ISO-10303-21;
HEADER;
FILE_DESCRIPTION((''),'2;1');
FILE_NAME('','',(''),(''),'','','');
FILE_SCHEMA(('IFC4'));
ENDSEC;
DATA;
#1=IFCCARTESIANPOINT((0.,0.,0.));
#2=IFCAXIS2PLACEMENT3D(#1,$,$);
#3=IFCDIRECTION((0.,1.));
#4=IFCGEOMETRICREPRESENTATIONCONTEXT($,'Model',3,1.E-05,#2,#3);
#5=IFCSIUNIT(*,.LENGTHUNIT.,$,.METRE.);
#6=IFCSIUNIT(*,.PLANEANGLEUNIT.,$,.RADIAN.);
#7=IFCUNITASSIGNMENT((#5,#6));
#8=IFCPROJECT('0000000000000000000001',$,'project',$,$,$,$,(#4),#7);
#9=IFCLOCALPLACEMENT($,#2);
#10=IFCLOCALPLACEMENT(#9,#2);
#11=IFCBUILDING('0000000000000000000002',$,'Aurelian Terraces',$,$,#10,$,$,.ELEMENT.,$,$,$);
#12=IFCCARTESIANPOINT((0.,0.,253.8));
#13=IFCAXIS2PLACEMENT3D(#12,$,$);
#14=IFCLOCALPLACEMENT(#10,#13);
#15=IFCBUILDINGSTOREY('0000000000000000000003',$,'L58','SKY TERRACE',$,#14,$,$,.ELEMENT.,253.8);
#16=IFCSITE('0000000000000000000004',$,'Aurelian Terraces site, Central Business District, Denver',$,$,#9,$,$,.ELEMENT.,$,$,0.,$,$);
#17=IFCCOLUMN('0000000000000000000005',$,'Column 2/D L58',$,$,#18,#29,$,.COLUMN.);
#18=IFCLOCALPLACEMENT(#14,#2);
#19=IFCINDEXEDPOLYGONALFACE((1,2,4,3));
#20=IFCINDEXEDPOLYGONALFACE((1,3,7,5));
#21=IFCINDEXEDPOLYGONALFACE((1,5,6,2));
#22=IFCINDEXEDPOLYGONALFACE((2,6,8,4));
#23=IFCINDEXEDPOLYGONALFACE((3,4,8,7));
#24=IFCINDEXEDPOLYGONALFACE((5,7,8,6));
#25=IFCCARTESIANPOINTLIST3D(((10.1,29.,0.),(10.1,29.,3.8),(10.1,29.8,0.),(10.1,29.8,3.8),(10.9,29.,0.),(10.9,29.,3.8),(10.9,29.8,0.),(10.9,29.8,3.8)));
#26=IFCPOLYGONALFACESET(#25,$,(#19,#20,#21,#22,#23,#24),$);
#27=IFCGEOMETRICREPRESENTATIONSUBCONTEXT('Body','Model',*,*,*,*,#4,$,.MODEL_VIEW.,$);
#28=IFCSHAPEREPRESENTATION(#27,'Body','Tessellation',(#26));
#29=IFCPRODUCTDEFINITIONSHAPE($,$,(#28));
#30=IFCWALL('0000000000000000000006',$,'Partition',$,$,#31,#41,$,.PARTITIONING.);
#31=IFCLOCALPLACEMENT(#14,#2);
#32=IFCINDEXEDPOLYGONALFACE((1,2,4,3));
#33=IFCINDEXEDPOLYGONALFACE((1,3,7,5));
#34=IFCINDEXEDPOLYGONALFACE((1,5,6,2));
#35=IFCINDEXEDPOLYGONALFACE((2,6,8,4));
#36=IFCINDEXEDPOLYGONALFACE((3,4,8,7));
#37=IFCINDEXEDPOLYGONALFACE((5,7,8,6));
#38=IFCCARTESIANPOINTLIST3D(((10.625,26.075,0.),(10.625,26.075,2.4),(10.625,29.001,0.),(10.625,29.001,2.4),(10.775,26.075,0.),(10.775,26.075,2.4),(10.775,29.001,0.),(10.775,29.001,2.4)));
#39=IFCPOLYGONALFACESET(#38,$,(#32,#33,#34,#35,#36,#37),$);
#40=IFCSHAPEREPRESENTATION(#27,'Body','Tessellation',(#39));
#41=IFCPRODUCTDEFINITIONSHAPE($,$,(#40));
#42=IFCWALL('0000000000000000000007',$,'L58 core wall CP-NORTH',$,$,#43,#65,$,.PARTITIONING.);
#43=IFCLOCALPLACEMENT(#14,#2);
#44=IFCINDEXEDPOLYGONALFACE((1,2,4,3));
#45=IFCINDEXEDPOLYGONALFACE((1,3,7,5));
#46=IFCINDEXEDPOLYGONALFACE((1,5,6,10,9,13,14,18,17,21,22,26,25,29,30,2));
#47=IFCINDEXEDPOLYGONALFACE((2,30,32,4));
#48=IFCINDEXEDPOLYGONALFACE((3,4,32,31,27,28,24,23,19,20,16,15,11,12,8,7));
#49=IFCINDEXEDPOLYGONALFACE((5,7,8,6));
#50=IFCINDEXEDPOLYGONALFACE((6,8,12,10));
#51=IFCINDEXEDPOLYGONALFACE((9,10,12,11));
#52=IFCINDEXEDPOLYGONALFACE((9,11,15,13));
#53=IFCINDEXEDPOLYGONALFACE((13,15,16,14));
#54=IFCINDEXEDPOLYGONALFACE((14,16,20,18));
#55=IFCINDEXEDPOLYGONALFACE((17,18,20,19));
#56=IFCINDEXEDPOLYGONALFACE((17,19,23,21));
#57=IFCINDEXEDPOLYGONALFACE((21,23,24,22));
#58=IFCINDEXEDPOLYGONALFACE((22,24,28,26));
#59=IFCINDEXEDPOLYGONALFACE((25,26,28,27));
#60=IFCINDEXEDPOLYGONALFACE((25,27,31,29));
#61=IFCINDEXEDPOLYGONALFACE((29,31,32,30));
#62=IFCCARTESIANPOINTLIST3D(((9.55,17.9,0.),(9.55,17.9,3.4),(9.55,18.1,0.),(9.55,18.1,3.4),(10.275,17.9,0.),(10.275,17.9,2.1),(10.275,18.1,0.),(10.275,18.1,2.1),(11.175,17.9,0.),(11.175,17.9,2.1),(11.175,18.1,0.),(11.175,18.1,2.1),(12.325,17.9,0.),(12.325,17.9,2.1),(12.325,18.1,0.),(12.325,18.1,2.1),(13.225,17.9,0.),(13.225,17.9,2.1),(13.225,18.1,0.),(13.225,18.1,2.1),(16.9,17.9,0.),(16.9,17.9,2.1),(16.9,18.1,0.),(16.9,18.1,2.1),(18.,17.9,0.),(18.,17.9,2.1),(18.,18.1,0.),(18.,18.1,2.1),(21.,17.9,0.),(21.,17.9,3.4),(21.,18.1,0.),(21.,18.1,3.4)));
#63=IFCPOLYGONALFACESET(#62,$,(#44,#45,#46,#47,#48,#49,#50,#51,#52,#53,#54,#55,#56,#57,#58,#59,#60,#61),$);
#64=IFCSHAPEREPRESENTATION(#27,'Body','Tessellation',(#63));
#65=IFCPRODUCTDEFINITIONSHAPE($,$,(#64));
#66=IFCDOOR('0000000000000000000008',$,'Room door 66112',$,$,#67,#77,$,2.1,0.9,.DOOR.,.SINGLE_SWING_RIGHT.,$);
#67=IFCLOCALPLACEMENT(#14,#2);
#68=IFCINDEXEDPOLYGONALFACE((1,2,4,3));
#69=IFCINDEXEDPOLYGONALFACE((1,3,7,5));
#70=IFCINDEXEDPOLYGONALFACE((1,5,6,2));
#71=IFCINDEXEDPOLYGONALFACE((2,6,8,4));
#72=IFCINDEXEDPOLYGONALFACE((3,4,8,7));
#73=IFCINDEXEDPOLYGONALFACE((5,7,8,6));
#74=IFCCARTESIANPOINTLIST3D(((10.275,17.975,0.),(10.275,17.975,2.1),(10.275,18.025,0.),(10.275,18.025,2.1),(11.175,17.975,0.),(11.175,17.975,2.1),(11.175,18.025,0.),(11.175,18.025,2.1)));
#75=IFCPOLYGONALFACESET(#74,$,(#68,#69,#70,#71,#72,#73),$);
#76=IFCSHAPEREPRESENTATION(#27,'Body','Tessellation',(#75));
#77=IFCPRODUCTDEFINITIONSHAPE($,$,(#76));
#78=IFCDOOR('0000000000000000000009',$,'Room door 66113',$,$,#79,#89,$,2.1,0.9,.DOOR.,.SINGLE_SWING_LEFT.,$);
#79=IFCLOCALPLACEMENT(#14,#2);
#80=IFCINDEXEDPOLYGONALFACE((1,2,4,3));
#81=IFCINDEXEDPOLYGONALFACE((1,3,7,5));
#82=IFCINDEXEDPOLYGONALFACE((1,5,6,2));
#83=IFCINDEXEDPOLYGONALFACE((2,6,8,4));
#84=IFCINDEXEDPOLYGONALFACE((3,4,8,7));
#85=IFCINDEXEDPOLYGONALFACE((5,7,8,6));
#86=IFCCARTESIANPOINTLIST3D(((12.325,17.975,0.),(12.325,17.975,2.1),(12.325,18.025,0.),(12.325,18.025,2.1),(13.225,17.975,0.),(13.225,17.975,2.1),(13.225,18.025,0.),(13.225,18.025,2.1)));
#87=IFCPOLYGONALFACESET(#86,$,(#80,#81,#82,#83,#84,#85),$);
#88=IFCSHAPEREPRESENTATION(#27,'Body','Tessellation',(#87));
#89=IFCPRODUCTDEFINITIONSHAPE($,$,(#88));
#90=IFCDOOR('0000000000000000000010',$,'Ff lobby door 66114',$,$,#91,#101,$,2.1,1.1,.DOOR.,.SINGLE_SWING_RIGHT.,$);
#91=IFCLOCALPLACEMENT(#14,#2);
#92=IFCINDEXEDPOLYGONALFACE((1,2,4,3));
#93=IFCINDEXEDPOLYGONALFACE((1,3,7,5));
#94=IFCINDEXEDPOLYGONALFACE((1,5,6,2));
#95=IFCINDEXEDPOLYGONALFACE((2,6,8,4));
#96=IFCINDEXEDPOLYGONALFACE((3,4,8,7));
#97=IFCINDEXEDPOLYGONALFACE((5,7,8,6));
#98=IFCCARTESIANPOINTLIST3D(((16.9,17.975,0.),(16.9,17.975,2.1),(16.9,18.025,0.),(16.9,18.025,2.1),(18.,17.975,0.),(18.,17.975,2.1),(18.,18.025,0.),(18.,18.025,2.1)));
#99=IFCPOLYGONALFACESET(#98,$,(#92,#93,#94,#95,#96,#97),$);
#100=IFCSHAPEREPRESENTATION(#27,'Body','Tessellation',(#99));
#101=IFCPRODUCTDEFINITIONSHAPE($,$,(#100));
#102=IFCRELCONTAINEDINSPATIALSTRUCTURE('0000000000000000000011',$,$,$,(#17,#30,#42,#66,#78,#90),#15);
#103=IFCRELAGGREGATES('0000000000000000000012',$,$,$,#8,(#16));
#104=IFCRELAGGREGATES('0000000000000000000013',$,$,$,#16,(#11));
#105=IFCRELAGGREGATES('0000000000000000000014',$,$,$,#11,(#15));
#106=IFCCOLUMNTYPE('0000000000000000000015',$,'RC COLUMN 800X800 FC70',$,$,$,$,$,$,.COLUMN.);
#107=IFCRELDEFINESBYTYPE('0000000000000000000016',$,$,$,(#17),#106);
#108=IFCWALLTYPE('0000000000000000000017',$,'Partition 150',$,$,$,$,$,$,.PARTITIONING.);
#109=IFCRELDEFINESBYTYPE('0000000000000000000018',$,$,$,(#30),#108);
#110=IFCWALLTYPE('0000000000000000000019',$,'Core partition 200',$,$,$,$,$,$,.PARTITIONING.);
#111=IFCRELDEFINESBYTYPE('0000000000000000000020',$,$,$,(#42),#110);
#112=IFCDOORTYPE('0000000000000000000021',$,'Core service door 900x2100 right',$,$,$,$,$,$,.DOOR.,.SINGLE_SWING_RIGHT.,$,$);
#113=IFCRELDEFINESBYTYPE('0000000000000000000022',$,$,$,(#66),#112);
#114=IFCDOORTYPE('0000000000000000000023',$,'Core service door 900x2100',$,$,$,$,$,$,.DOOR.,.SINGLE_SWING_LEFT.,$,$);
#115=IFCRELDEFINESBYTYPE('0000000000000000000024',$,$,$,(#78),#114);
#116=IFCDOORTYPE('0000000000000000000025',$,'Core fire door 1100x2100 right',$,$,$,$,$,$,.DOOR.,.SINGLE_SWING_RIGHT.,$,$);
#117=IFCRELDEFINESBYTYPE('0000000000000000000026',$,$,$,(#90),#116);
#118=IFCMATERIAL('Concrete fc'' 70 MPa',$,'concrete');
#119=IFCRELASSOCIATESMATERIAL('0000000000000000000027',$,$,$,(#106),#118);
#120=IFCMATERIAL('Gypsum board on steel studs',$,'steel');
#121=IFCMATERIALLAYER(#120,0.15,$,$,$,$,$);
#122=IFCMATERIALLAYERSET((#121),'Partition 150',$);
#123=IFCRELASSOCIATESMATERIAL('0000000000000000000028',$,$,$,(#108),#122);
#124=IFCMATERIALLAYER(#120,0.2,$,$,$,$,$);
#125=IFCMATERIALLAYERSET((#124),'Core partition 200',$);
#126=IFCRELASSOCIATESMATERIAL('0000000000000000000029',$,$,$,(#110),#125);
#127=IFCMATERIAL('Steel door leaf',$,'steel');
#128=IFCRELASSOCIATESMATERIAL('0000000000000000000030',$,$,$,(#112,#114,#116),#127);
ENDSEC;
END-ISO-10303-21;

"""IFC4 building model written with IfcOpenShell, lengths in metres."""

from ifc_helpers import new_model, si_unit, direction, frame, frame_2d, origin, origin_2d, place, context, subcontext, project, spatial, rectangle, extrude, source, transform, mapped, material, layer, layer_set, material_profile, profile_set, type_object, element, fill, save


model = new_model("IFC4")

# Units and contexts
model_context = context("Model", 3, precision=1e-05, world=origin(), true_north=direction((0.0, 1.0)))
body_context = subcontext(model_context, "Body", "Model", "MODEL_VIEW")
ifc_project = project(units=[si_unit("LENGTHUNIT", "METRE"), si_unit("PLANEANGLEUNIT", "RADIAN")], contexts=[model_context])

# Site, building, storey
site_placement = place(None, origin())
site = spatial("IfcSite", under=ifc_project, at=site_placement, Name="Aurelian Terraces site, Central Business District, Denver", CompositionType="ELEMENT", RefElevation=0.0)
building_placement = place(site_placement, origin())
building = spatial("IfcBuilding", under=site, at=building_placement, Name="Aurelian Terraces", CompositionType="ELEMENT")
storey_placement = place(building_placement, frame((0.0, 0.0, 253.8)))
storey = spatial("IfcBuildingStorey", under=building, at=storey_placement, Name="L58", Description="SKY TERRACE", CompositionType="ELEMENT", Elevation=253.8)

# Column
ifc_material_1 = material(Name="Concrete fc' 70 MPa", Category="concrete")
ifc_material_profile = material_profile(ifc_material_1, rectangle(XDim=0.8, YDim=0.8, at=origin_2d()))
ifc_profile_set = profile_set([ifc_material_profile], Name="Concrete fc' 70 MPa")
column_type = type_object("IfcColumnType", Name="RC COLUMN 800X800 FC70", PredefinedType="COLUMN", material=ifc_profile_set)
shared_shape_1 = source(origin(), body_context, "Body", "SweptSolid", [
    extrude(rectangle(XDim=0.8, YDim=0.8, at=origin_2d()), origin(), (0.0, 0.0, 1.0), 3.8),
])
column_placement = place(storey_placement, frame((10.5, 29.4, 0.0), z_axis=(0.0, 0.0, 1.0), x_axis=(1.0, 0.0, 0.0)))
element("IfcColumn", 1, at=column_placement, inside=storey, type_object=column_type, Name="Column 2/D L58", PredefinedType="COLUMN", context=body_context, shape_type="MappedRepresentation", body=[
    mapped(shared_shape_1, transform((0.0, 0.0, 0.0), scale=1.0)),
])

# Wall
ifc_material_2 = material(Name="Gypsum board on steel studs", Category="steel")
ifc_layer_1 = layer(ifc_material_2, 0.15)
ifc_layer_set_1 = layer_set([ifc_layer_1], Name="Partition 150")
wall_type_1 = type_object("IfcWallType", Name="Partition 150", PredefinedType="PARTITIONING", material=ifc_layer_set_1)
wall_1_placement = place(storey_placement, frame((10.7, 26.075, 0.0), z_axis=(0.0, 0.0, 1.0), x_axis=(0.0, 1.0, 0.0)))
element("IfcWall", 2, at=wall_1_placement, inside=storey, type_object=wall_type_1, Name="Partition", PredefinedType="PARTITIONING", context=body_context, shape_type="SweptSolid", body=[
    extrude(rectangle(XDim=2.926, YDim=0.15, at=frame_2d((1.463, 0.0))), origin(), (0.0, 0.0, 1.0), 2.4),
])

# Wall, openings, doors
ifc_layer_2 = layer(ifc_material_2, 0.2)
ifc_layer_set_2 = layer_set([ifc_layer_2], Name="Core partition 200")
wall_type_2 = type_object("IfcWallType", Name="Core partition 200", PredefinedType="PARTITIONING", material=ifc_layer_set_2)
shared_shape_2 = source(origin(), body_context, "Body", "SweptSolid", [
    extrude(rectangle(XDim=11.45, YDim=0.2, at=frame_2d((5.725, 0.0))), origin(), (0.0, 0.0, 1.0), 3.4),
])
wall_2_placement = place(storey_placement, frame((9.55, 18.0, 0.0), z_axis=(0.0, 0.0, 1.0), x_axis=(1.0, 0.0, 0.0)))
wall_2 = element("IfcWall", 3, at=wall_2_placement, inside=storey, type_object=wall_type_2, Name="L58 core wall CP-NORTH", PredefinedType="PARTITIONING", context=body_context, shape_type="MappedRepresentation", body=[
    mapped(shared_shape_2, transform((0.0, 0.0, 0.0), scale=1.0)),
])
shared_shape_3 = source(origin(), body_context, "Body", "SweptSolid", [
    extrude(rectangle(XDim=0.9, YDim=2.1, at=frame_2d((0.45, 1.05))), frame((0.0, 0.11, 0.0), z_axis=(0.0, -1.0, 0.0), x_axis=(1.0, 0.0, 0.0)), (0.0, 0.0, 1.0), 0.22),
])
opening_1_placement = place(wall_2_placement, frame((0.725, 0.0, 0.0)))
opening_1 = element("IfcOpeningElement", 4, at=opening_1_placement, cuts=wall_2, PredefinedType="OPENING", context=body_context, shape_type="MappedRepresentation", body=[
    mapped(shared_shape_3, transform((0.0, 0.0, 0.0), scale=1.0)),
])
opening_2_placement = place(wall_2_placement, frame((2.775, 0.0, 0.0)))
opening_2 = element("IfcOpeningElement", 5, at=opening_2_placement, cuts=wall_2, PredefinedType="OPENING", context=body_context, shape_type="MappedRepresentation", body=[
    mapped(shared_shape_3, transform((0.0, 0.0, 0.0), scale=1.0)),
])
shared_shape_4 = source(origin(), body_context, "Body", "SweptSolid", [
    extrude(rectangle(XDim=1.1, YDim=2.1, at=frame_2d((0.55, 1.05))), frame((0.0, 0.11, 0.0), z_axis=(0.0, -1.0, 0.0), x_axis=(1.0, 0.0, 0.0)), (0.0, 0.0, 1.0), 0.22),
])
opening_3_placement = place(wall_2_placement, frame((7.35, 0.0, 0.0)))
opening_3 = element("IfcOpeningElement", 6, at=opening_3_placement, cuts=wall_2, PredefinedType="OPENING", context=body_context, shape_type="MappedRepresentation", body=[
    mapped(shared_shape_4, transform((0.0, 0.0, 0.0), scale=1.0)),
])
ifc_material_3 = material(Name="Steel door leaf", Category="steel")
door_type_1 = type_object("IfcDoorType", Name="Core service door 900x2100 right", OperationType="SINGLE_SWING_RIGHT", PredefinedType="DOOR", material=ifc_material_3)
shared_shape_5 = source(origin(), body_context, "Body", "SweptSolid", [
    extrude(rectangle(XDim=0.9, YDim=2.1, at=frame_2d((0.45, 1.05))), frame((0.0, 0.025, 0.0), z_axis=(0.0, -1.0, 0.0), x_axis=(1.0, 0.0, 0.0)), (0.0, 0.0, 1.0), 0.05),
])
door_1_placement = place(opening_1_placement, origin())
door_1 = element("IfcDoor", 7, at=door_1_placement, inside=storey, type_object=door_type_1, Name="Room door 66112", OperationType="SINGLE_SWING_RIGHT", OverallHeight=2.1, OverallWidth=0.9, PredefinedType="DOOR", context=body_context, shape_type="MappedRepresentation", body=[
    mapped(shared_shape_5, transform((0.0, 0.0, 0.0), scale=1.0)),
])
fill(opening_1, door_1)
door_type_2 = type_object("IfcDoorType", Name="Core service door 900x2100", OperationType="SINGLE_SWING_LEFT", PredefinedType="DOOR", material=ifc_material_3)
door_2_placement = place(opening_2_placement, origin())
door_2 = element("IfcDoor", 8, at=door_2_placement, inside=storey, type_object=door_type_2, Name="Room door 66113", OperationType="SINGLE_SWING_LEFT", OverallHeight=2.1, OverallWidth=0.9, PredefinedType="DOOR", context=body_context, shape_type="MappedRepresentation", body=[
    mapped(shared_shape_5, transform((0.0, 0.0, 0.0), scale=1.0)),
])
fill(opening_2, door_2)
door_type_3 = type_object("IfcDoorType", Name="Core fire door 1100x2100 right", OperationType="SINGLE_SWING_RIGHT", PredefinedType="DOOR", material=ifc_material_3)
shared_shape_6 = source(origin(), body_context, "Body", "SweptSolid", [
    extrude(rectangle(XDim=1.1, YDim=2.1, at=frame_2d((0.55, 1.05))), frame((0.0, 0.025, 0.0), z_axis=(0.0, -1.0, 0.0), x_axis=(1.0, 0.0, 0.0)), (0.0, 0.0, 1.0), 0.05),
])
door_3_placement = place(opening_3_placement, origin())
door_3 = element("IfcDoor", 9, at=door_3_placement, inside=storey, type_object=door_type_3, Name="Ff lobby door 66114", OperationType="SINGLE_SWING_RIGHT", OverallHeight=2.1, OverallWidth=1.1, PredefinedType="DOOR", context=body_context, shape_type="MappedRepresentation", body=[
    mapped(shared_shape_6, transform((0.0, 0.0, 0.0), scale=1.0)),
])
fill(opening_3, door_3)

save(model, "model.ifc")
